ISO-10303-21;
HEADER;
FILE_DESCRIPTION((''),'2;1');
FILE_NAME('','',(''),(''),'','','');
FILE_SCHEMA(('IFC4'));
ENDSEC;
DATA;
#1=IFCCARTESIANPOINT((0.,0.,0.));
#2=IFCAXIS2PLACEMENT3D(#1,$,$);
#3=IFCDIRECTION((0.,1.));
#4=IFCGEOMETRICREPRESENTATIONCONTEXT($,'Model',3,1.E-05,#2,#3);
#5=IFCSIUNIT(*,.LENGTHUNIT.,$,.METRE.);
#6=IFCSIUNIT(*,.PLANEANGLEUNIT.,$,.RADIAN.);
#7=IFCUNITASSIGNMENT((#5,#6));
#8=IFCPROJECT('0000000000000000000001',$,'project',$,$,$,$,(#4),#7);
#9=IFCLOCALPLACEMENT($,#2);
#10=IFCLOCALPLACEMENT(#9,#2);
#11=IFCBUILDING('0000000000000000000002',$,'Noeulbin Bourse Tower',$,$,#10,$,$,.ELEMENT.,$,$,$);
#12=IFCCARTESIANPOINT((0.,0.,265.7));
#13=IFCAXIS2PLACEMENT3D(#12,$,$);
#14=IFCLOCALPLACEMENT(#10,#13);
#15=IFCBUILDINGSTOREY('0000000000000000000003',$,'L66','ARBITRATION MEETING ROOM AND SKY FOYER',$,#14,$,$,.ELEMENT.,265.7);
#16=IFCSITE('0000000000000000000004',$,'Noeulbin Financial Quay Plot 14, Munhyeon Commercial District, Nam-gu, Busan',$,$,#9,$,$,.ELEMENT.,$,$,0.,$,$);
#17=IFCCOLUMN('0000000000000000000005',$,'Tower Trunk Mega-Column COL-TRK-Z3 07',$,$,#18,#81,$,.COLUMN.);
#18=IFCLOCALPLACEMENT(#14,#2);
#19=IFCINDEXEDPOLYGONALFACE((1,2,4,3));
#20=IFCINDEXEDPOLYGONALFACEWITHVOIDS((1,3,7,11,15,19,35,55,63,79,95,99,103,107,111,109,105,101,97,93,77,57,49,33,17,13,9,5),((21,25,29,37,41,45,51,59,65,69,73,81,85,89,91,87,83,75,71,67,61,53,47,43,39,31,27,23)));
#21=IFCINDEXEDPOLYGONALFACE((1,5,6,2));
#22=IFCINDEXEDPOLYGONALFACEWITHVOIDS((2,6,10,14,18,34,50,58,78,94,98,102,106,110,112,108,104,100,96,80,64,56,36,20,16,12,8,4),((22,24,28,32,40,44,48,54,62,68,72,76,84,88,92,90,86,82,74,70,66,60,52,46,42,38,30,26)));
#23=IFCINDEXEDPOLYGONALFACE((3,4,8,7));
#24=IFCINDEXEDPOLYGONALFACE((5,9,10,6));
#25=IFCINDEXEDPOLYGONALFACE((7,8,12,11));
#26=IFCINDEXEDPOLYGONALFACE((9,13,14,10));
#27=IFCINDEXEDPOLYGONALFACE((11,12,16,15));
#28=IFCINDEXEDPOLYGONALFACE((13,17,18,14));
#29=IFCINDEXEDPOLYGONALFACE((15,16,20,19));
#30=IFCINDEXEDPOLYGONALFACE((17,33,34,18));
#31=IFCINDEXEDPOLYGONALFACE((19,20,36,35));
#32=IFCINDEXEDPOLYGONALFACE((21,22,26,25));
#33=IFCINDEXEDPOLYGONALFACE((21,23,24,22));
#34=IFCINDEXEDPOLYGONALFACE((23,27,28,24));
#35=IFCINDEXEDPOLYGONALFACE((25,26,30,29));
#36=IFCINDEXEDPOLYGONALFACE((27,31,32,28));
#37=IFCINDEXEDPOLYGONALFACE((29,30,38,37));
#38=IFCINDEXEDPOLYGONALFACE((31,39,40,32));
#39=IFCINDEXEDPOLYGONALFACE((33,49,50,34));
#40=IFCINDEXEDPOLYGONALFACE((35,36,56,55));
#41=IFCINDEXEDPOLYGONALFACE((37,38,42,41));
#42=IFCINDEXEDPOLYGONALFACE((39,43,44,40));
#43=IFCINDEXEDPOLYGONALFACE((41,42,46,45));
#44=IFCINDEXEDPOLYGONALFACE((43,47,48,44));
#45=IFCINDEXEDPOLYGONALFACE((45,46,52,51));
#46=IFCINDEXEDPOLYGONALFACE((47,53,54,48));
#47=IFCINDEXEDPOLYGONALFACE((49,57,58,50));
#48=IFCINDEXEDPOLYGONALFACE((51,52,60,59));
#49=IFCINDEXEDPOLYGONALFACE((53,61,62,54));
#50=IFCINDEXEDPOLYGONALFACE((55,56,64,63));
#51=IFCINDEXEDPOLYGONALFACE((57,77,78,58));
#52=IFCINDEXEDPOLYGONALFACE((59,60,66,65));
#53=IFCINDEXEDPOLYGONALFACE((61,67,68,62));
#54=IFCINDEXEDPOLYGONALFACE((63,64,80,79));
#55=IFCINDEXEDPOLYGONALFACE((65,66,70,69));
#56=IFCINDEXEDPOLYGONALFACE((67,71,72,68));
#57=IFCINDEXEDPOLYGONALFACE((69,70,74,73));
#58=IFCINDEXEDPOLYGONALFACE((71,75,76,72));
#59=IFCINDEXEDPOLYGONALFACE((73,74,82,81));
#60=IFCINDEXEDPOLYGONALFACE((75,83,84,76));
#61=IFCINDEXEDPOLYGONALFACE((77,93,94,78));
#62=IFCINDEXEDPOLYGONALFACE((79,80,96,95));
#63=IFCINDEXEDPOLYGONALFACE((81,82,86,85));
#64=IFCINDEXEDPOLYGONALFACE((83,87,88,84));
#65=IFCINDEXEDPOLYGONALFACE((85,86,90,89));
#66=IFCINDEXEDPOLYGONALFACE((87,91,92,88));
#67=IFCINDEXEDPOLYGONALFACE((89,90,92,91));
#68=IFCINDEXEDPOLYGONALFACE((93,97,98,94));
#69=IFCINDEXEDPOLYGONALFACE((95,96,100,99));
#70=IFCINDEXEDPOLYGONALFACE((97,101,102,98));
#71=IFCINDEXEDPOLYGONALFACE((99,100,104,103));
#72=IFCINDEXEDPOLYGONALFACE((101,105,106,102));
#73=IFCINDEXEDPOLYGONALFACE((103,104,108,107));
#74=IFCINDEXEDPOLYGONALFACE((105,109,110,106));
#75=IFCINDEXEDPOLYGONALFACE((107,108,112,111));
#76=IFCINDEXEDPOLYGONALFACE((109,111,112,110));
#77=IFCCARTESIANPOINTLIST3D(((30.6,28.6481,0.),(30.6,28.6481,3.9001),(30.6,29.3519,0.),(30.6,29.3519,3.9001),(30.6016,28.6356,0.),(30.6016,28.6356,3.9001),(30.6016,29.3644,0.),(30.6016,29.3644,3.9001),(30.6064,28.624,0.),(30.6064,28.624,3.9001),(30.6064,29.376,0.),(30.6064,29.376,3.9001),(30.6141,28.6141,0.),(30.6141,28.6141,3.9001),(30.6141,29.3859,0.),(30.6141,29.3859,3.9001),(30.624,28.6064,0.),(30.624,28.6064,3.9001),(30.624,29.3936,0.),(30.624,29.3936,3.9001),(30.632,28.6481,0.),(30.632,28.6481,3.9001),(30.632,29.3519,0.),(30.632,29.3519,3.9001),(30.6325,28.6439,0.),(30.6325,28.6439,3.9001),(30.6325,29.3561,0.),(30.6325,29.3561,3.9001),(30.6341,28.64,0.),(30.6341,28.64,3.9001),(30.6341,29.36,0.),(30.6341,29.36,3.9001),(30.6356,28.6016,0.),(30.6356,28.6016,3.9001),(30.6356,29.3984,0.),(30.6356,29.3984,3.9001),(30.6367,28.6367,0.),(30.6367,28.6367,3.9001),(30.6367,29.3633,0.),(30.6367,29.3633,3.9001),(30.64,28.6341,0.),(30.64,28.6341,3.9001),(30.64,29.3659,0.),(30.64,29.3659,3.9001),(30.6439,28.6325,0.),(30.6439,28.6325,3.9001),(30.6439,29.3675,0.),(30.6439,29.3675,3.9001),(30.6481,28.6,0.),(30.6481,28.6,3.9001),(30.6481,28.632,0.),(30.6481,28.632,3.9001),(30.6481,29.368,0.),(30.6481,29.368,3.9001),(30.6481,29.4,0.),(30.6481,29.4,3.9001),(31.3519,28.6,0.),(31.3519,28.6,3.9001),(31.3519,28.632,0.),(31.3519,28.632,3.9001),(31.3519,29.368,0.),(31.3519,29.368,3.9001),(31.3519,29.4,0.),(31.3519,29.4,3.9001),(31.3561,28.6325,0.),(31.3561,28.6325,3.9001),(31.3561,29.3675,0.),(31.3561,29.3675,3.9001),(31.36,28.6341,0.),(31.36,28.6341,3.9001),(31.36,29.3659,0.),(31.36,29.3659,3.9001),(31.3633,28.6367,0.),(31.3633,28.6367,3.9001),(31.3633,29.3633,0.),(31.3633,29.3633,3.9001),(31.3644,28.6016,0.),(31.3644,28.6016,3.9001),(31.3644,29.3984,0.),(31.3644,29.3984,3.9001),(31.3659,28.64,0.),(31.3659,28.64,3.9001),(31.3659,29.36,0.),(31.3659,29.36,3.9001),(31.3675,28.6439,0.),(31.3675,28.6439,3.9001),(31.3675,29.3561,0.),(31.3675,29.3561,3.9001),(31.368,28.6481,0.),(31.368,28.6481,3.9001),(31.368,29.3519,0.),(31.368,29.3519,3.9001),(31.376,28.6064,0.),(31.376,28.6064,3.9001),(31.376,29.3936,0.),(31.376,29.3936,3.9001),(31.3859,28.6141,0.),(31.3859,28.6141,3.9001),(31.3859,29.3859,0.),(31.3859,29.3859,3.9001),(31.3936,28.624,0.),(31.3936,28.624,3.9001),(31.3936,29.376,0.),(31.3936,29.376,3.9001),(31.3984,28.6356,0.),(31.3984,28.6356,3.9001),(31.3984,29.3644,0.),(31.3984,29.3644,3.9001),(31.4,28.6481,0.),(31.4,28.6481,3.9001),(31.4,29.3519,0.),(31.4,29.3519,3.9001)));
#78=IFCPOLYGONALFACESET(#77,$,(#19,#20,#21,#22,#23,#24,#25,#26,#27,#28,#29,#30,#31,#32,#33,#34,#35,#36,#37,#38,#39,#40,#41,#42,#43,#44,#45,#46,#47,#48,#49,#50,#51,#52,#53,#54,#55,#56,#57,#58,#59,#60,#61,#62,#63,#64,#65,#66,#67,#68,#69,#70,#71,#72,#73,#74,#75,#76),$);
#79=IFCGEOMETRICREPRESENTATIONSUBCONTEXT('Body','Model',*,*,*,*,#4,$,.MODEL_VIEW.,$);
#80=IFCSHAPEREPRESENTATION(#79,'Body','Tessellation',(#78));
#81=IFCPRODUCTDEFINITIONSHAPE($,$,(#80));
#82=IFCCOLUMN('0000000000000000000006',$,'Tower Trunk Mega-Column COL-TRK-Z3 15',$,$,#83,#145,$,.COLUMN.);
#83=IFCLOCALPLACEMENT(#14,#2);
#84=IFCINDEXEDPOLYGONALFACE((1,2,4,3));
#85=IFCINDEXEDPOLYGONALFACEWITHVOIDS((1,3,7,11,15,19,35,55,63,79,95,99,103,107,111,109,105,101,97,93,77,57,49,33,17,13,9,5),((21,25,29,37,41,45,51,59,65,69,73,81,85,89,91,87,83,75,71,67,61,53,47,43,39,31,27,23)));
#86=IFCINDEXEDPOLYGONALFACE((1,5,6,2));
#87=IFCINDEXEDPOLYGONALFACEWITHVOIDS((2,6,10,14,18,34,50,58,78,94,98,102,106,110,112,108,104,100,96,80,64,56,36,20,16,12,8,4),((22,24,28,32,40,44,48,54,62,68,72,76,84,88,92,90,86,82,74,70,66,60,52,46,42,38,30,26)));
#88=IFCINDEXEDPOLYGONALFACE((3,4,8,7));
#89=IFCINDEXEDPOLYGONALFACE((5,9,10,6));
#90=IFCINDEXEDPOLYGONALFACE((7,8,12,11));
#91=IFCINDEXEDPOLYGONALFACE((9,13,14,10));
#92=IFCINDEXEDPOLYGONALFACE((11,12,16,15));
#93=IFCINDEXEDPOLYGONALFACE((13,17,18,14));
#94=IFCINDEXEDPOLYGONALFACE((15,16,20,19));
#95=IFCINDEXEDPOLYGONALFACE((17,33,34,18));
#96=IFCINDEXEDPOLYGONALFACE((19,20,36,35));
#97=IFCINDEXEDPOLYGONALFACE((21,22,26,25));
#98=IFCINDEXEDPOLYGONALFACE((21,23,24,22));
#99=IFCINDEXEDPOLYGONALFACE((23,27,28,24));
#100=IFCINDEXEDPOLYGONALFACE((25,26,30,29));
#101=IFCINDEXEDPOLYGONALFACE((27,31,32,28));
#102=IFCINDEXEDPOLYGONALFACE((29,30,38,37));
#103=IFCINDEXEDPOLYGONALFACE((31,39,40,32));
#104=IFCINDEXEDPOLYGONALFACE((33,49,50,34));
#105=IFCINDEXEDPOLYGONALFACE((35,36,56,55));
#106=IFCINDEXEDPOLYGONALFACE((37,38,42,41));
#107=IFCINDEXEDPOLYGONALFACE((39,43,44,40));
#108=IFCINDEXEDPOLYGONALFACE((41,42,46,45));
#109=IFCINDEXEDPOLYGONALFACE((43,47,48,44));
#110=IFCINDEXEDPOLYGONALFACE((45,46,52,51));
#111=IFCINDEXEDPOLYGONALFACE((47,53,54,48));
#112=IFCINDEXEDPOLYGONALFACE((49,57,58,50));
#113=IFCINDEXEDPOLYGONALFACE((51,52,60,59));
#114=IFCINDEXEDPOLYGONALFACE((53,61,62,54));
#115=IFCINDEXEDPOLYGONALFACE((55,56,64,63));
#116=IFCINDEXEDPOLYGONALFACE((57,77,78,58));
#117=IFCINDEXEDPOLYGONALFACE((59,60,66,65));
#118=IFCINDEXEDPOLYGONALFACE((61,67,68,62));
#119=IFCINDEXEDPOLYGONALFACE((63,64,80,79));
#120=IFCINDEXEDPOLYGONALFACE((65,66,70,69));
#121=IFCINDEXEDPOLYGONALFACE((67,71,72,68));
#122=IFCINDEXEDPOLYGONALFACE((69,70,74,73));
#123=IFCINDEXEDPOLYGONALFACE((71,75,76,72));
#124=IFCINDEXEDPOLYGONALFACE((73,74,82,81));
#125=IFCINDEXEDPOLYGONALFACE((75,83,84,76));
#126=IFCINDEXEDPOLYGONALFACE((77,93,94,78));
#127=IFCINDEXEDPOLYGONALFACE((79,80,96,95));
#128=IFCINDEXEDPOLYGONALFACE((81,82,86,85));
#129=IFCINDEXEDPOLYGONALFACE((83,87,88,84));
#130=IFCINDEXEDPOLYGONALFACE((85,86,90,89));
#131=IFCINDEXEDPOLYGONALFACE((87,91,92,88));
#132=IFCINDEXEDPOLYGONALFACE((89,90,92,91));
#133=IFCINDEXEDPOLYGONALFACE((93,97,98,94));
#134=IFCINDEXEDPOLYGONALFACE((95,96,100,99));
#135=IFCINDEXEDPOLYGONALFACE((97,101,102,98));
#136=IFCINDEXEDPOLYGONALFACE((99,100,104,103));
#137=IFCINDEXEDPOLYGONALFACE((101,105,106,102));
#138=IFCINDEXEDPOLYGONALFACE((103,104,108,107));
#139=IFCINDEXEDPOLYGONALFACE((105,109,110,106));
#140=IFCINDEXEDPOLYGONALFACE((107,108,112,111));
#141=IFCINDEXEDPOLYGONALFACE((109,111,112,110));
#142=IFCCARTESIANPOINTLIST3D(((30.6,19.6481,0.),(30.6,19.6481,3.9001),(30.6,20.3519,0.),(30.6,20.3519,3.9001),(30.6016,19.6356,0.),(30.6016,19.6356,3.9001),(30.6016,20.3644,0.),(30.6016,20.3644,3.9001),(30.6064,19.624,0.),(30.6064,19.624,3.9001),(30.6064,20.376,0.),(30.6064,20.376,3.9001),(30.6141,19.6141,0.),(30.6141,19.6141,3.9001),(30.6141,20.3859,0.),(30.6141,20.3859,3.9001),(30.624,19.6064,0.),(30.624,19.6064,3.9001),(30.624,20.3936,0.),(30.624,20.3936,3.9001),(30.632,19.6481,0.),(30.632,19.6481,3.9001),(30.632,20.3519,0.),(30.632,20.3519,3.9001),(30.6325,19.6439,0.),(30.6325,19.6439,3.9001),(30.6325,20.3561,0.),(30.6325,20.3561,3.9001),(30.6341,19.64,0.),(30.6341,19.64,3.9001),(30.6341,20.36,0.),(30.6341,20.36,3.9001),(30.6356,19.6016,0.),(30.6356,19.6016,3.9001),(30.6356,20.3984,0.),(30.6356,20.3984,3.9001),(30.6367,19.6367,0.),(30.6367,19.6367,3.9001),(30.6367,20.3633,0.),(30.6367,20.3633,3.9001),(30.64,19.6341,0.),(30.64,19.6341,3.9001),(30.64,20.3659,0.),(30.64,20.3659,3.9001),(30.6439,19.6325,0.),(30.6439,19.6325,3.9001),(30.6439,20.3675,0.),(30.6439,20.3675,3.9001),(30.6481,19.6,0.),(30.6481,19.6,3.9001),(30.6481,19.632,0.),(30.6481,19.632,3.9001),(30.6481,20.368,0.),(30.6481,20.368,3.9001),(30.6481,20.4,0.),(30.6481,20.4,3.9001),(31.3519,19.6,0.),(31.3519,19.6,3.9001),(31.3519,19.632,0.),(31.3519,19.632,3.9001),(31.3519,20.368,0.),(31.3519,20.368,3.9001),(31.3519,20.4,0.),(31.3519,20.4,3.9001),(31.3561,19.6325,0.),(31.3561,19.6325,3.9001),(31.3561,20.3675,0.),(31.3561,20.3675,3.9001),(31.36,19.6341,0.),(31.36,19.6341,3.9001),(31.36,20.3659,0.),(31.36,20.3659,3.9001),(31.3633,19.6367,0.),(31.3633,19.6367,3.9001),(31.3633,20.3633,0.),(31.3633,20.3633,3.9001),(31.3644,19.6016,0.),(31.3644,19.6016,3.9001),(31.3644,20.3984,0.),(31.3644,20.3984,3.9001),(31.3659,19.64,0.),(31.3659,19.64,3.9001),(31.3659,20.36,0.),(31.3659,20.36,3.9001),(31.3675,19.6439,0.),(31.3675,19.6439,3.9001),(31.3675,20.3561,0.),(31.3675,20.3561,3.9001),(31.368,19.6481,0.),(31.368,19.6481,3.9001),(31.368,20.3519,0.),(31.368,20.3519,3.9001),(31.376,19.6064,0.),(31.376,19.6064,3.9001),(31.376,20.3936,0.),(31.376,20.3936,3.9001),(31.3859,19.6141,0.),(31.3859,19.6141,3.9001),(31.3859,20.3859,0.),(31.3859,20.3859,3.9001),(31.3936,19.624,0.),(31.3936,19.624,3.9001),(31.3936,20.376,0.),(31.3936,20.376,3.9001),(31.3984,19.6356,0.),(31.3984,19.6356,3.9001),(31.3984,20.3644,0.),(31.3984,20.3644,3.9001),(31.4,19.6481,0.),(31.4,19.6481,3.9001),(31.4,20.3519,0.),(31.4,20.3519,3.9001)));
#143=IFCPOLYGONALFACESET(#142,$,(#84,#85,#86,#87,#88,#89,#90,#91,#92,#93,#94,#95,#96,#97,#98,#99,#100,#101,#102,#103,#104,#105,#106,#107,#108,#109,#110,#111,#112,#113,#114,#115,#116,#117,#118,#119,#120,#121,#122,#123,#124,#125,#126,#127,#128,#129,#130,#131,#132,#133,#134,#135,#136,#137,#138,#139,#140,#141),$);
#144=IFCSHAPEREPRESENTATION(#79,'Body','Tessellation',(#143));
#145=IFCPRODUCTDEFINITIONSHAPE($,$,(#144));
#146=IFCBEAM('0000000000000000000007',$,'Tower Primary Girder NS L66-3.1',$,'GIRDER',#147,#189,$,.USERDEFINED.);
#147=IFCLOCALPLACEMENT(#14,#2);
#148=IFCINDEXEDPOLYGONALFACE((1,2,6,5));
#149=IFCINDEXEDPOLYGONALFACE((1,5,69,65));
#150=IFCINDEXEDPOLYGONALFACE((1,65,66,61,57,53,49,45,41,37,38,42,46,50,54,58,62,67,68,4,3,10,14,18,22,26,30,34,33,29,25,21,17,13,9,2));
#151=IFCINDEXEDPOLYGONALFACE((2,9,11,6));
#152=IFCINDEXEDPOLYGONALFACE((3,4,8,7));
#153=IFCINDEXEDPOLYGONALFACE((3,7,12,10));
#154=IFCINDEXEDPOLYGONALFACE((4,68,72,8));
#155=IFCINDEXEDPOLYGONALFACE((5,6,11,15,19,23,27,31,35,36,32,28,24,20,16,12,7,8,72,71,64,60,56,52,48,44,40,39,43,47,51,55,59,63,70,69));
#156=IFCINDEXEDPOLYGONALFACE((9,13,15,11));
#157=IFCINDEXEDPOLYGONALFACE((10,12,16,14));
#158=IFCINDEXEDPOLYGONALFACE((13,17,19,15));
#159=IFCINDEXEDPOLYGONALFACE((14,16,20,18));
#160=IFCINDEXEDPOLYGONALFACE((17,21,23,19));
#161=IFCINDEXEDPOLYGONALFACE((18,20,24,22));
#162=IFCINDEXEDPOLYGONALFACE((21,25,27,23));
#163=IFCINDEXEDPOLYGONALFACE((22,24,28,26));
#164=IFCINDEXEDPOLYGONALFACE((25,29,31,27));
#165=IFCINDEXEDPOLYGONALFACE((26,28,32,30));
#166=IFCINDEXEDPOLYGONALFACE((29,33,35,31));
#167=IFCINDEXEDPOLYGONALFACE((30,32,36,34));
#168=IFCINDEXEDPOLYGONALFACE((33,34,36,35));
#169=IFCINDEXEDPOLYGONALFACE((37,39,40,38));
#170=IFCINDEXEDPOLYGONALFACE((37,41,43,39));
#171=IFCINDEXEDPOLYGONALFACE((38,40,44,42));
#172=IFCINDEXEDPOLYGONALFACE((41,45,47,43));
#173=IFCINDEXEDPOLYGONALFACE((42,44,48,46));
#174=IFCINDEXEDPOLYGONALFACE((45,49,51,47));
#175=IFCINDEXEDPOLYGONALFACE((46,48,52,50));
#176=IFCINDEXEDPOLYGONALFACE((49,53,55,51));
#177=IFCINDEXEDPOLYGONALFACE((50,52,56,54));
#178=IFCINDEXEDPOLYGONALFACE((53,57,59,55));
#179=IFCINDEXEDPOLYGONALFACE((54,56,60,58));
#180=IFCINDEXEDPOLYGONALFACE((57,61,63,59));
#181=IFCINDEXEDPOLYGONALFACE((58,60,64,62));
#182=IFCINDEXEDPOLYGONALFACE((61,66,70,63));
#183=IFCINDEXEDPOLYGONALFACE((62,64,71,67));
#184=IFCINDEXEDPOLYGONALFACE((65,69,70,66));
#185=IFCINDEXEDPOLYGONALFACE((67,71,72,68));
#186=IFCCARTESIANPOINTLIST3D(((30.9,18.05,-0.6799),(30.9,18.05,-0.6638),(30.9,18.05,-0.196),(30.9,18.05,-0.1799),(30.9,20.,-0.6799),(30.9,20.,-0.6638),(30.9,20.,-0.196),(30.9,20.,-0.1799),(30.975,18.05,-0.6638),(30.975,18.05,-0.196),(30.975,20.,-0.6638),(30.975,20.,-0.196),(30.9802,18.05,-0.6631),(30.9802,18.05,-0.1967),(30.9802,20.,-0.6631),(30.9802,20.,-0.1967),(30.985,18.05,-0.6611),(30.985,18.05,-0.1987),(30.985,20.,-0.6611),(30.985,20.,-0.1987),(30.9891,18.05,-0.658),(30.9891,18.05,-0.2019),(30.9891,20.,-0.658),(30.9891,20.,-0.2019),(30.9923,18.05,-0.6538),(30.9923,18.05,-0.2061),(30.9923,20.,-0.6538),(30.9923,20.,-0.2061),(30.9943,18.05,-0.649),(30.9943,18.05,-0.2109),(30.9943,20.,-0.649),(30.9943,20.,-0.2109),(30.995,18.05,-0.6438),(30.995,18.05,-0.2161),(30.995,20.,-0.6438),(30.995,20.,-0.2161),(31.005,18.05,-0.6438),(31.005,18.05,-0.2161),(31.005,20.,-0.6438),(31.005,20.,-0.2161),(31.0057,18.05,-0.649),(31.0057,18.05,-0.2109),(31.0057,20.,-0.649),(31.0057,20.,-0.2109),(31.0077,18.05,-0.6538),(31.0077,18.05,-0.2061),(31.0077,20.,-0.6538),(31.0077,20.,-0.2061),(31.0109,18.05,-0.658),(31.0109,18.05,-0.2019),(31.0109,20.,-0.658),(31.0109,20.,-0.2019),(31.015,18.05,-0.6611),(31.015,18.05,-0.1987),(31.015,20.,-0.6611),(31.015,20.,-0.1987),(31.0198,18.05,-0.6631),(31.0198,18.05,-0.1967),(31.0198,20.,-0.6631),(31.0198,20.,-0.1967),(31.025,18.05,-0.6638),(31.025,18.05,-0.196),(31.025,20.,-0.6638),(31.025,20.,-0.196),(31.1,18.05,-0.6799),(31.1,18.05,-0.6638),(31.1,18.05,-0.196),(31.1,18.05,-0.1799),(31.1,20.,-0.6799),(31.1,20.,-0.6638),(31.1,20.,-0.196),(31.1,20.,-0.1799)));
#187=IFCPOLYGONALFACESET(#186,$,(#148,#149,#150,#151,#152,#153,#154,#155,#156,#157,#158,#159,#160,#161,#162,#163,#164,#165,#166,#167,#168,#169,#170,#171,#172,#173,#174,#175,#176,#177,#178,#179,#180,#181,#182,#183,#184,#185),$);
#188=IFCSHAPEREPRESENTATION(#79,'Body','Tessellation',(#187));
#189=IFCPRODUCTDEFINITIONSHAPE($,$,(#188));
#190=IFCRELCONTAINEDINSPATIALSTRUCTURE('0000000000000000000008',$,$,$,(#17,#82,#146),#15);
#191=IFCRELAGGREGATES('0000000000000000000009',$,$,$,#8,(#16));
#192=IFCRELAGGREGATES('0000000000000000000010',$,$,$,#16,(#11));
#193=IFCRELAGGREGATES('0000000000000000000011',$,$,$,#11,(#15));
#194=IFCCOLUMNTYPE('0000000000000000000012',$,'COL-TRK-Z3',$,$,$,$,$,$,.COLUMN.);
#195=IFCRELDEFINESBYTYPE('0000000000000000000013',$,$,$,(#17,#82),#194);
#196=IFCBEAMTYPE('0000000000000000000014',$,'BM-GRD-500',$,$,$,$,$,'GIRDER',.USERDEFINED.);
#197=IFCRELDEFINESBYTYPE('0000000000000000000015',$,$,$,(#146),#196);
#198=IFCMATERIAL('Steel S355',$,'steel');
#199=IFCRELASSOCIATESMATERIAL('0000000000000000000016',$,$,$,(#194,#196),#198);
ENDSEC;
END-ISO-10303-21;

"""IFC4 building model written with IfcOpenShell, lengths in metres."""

from ifc_helpers import new_model, si_unit, direction, frame, origin, origin_2d, place, context, subcontext, project, spatial, hollow_rectangle, i_section, extrude, material, material_profile, profile_set, type_object, element, save


model = new_model("IFC4")

# Units and contexts
model_context = context("Model", 3, precision=1e-05, world=origin(), true_north=direction((0.0, 1.0)))
body_context = subcontext(model_context, "Body", "Model", "MODEL_VIEW")
ifc_project = project(units=[si_unit("LENGTHUNIT", "METRE"), si_unit("PLANEANGLEUNIT", "RADIAN")], contexts=[model_context])

# Site, building, storey
site_placement = place(None, origin())
site = spatial("IfcSite", under=ifc_project, at=site_placement, Name="Noeulbin Financial Quay Plot 14, Munhyeon Commercial District, Nam-gu, Busan", CompositionType="ELEMENT", RefElevation=0.0)
building_placement = place(site_placement, origin())
building = spatial("IfcBuilding", under=site, at=building_placement, Name="Noeulbin Bourse Tower", CompositionType="ELEMENT")
storey_placement = place(building_placement, frame((0.0, 0.0, 265.7)))
storey = spatial("IfcBuildingStorey", under=building, at=storey_placement, Name="L66", Description="ARBITRATION MEETING ROOM AND SKY FOYER", CompositionType="ELEMENT", Elevation=265.7)

# Columns
ifc_material_1 = material(Name="Steel S355", Category="steel")
ifc_material_profile_1 = material_profile(ifc_material_1, hollow_rectangle(XDim=0.8, YDim=0.8, WallThickness=0.032, InnerFilletRadius=0.0161, OuterFilletRadius=0.0481, at=origin_2d()), Name="BOX-800x800x32", Category="LoadBearing")
ifc_profile_set_1 = profile_set([ifc_material_profile_1], Name="Steel S355")
column_type = type_object("IfcColumnType", Name="COL-TRK-Z3", PredefinedType="COLUMN", material=ifc_profile_set_1)
for number, where, z_axis, x_axis, name in (
    (1, (31.0, 29.0, 0.0), (0.0, 0.0, 1.0), (1.0, 0.0, 0.0), "Tower Trunk Mega-Column COL-TRK-Z3 07"),
    (2, (31.0, 20.0, 0.0), (0.0, 0.0, 1.0), (1.0, 0.0, 0.0), "Tower Trunk Mega-Column COL-TRK-Z3 15"),
):
    element("IfcColumn", number, at=place(storey_placement, frame(where, z_axis=z_axis, x_axis=x_axis)), inside=storey, type_object=column_type, Name=name, PredefinedType="COLUMN", context=body_context, shape_type="SweptSolid", body=[
        extrude(hollow_rectangle(XDim=0.8, YDim=0.8, WallThickness=0.032, InnerFilletRadius=0.0161, OuterFilletRadius=0.0481, at=origin_2d()), origin(), (0.0, 0.0, 1.0), 3.9001),
    ])

# Beam
ifc_material_profile_2 = material_profile(ifc_material_1, i_section(OverallWidth=0.2, OverallDepth=0.5, WebThickness=0.01, FlangeThickness=0.0161, FilletRadius=0.02, at=origin_2d()), Name="H-500x200x10x16", Category="LoadBearing")
ifc_profile_set_2 = profile_set([ifc_material_profile_2], Name="Steel S355")
beam_type_1 = type_object("IfcBeamType", Name="BM-GRD-500", ElementType="GIRDER", PredefinedType="USERDEFINED", material=ifc_profile_set_2)
beam_1_placement = place(storey_placement, frame((31.0, 18.05, -0.4299), z_axis=(0.0, 1.0, 0.0), x_axis=(-1.0, 0.0, 0.0)))
element("IfcBeam", 3, at=beam_1_placement, inside=storey, type_object=beam_type_1, Name="Tower Primary Girder NS L66-3.1", ObjectType="GIRDER", PredefinedType="USERDEFINED", context=body_context, shape_type="SweptSolid", body=[
    extrude(i_section(OverallWidth=0.2, OverallDepth=0.5, WebThickness=0.01, FlangeThickness=0.0161, FilletRadius=0.02, at=origin_2d()), origin(), (0.0, 0.0, 1.0), 1.95),
])

save(model, "model.ifc")
